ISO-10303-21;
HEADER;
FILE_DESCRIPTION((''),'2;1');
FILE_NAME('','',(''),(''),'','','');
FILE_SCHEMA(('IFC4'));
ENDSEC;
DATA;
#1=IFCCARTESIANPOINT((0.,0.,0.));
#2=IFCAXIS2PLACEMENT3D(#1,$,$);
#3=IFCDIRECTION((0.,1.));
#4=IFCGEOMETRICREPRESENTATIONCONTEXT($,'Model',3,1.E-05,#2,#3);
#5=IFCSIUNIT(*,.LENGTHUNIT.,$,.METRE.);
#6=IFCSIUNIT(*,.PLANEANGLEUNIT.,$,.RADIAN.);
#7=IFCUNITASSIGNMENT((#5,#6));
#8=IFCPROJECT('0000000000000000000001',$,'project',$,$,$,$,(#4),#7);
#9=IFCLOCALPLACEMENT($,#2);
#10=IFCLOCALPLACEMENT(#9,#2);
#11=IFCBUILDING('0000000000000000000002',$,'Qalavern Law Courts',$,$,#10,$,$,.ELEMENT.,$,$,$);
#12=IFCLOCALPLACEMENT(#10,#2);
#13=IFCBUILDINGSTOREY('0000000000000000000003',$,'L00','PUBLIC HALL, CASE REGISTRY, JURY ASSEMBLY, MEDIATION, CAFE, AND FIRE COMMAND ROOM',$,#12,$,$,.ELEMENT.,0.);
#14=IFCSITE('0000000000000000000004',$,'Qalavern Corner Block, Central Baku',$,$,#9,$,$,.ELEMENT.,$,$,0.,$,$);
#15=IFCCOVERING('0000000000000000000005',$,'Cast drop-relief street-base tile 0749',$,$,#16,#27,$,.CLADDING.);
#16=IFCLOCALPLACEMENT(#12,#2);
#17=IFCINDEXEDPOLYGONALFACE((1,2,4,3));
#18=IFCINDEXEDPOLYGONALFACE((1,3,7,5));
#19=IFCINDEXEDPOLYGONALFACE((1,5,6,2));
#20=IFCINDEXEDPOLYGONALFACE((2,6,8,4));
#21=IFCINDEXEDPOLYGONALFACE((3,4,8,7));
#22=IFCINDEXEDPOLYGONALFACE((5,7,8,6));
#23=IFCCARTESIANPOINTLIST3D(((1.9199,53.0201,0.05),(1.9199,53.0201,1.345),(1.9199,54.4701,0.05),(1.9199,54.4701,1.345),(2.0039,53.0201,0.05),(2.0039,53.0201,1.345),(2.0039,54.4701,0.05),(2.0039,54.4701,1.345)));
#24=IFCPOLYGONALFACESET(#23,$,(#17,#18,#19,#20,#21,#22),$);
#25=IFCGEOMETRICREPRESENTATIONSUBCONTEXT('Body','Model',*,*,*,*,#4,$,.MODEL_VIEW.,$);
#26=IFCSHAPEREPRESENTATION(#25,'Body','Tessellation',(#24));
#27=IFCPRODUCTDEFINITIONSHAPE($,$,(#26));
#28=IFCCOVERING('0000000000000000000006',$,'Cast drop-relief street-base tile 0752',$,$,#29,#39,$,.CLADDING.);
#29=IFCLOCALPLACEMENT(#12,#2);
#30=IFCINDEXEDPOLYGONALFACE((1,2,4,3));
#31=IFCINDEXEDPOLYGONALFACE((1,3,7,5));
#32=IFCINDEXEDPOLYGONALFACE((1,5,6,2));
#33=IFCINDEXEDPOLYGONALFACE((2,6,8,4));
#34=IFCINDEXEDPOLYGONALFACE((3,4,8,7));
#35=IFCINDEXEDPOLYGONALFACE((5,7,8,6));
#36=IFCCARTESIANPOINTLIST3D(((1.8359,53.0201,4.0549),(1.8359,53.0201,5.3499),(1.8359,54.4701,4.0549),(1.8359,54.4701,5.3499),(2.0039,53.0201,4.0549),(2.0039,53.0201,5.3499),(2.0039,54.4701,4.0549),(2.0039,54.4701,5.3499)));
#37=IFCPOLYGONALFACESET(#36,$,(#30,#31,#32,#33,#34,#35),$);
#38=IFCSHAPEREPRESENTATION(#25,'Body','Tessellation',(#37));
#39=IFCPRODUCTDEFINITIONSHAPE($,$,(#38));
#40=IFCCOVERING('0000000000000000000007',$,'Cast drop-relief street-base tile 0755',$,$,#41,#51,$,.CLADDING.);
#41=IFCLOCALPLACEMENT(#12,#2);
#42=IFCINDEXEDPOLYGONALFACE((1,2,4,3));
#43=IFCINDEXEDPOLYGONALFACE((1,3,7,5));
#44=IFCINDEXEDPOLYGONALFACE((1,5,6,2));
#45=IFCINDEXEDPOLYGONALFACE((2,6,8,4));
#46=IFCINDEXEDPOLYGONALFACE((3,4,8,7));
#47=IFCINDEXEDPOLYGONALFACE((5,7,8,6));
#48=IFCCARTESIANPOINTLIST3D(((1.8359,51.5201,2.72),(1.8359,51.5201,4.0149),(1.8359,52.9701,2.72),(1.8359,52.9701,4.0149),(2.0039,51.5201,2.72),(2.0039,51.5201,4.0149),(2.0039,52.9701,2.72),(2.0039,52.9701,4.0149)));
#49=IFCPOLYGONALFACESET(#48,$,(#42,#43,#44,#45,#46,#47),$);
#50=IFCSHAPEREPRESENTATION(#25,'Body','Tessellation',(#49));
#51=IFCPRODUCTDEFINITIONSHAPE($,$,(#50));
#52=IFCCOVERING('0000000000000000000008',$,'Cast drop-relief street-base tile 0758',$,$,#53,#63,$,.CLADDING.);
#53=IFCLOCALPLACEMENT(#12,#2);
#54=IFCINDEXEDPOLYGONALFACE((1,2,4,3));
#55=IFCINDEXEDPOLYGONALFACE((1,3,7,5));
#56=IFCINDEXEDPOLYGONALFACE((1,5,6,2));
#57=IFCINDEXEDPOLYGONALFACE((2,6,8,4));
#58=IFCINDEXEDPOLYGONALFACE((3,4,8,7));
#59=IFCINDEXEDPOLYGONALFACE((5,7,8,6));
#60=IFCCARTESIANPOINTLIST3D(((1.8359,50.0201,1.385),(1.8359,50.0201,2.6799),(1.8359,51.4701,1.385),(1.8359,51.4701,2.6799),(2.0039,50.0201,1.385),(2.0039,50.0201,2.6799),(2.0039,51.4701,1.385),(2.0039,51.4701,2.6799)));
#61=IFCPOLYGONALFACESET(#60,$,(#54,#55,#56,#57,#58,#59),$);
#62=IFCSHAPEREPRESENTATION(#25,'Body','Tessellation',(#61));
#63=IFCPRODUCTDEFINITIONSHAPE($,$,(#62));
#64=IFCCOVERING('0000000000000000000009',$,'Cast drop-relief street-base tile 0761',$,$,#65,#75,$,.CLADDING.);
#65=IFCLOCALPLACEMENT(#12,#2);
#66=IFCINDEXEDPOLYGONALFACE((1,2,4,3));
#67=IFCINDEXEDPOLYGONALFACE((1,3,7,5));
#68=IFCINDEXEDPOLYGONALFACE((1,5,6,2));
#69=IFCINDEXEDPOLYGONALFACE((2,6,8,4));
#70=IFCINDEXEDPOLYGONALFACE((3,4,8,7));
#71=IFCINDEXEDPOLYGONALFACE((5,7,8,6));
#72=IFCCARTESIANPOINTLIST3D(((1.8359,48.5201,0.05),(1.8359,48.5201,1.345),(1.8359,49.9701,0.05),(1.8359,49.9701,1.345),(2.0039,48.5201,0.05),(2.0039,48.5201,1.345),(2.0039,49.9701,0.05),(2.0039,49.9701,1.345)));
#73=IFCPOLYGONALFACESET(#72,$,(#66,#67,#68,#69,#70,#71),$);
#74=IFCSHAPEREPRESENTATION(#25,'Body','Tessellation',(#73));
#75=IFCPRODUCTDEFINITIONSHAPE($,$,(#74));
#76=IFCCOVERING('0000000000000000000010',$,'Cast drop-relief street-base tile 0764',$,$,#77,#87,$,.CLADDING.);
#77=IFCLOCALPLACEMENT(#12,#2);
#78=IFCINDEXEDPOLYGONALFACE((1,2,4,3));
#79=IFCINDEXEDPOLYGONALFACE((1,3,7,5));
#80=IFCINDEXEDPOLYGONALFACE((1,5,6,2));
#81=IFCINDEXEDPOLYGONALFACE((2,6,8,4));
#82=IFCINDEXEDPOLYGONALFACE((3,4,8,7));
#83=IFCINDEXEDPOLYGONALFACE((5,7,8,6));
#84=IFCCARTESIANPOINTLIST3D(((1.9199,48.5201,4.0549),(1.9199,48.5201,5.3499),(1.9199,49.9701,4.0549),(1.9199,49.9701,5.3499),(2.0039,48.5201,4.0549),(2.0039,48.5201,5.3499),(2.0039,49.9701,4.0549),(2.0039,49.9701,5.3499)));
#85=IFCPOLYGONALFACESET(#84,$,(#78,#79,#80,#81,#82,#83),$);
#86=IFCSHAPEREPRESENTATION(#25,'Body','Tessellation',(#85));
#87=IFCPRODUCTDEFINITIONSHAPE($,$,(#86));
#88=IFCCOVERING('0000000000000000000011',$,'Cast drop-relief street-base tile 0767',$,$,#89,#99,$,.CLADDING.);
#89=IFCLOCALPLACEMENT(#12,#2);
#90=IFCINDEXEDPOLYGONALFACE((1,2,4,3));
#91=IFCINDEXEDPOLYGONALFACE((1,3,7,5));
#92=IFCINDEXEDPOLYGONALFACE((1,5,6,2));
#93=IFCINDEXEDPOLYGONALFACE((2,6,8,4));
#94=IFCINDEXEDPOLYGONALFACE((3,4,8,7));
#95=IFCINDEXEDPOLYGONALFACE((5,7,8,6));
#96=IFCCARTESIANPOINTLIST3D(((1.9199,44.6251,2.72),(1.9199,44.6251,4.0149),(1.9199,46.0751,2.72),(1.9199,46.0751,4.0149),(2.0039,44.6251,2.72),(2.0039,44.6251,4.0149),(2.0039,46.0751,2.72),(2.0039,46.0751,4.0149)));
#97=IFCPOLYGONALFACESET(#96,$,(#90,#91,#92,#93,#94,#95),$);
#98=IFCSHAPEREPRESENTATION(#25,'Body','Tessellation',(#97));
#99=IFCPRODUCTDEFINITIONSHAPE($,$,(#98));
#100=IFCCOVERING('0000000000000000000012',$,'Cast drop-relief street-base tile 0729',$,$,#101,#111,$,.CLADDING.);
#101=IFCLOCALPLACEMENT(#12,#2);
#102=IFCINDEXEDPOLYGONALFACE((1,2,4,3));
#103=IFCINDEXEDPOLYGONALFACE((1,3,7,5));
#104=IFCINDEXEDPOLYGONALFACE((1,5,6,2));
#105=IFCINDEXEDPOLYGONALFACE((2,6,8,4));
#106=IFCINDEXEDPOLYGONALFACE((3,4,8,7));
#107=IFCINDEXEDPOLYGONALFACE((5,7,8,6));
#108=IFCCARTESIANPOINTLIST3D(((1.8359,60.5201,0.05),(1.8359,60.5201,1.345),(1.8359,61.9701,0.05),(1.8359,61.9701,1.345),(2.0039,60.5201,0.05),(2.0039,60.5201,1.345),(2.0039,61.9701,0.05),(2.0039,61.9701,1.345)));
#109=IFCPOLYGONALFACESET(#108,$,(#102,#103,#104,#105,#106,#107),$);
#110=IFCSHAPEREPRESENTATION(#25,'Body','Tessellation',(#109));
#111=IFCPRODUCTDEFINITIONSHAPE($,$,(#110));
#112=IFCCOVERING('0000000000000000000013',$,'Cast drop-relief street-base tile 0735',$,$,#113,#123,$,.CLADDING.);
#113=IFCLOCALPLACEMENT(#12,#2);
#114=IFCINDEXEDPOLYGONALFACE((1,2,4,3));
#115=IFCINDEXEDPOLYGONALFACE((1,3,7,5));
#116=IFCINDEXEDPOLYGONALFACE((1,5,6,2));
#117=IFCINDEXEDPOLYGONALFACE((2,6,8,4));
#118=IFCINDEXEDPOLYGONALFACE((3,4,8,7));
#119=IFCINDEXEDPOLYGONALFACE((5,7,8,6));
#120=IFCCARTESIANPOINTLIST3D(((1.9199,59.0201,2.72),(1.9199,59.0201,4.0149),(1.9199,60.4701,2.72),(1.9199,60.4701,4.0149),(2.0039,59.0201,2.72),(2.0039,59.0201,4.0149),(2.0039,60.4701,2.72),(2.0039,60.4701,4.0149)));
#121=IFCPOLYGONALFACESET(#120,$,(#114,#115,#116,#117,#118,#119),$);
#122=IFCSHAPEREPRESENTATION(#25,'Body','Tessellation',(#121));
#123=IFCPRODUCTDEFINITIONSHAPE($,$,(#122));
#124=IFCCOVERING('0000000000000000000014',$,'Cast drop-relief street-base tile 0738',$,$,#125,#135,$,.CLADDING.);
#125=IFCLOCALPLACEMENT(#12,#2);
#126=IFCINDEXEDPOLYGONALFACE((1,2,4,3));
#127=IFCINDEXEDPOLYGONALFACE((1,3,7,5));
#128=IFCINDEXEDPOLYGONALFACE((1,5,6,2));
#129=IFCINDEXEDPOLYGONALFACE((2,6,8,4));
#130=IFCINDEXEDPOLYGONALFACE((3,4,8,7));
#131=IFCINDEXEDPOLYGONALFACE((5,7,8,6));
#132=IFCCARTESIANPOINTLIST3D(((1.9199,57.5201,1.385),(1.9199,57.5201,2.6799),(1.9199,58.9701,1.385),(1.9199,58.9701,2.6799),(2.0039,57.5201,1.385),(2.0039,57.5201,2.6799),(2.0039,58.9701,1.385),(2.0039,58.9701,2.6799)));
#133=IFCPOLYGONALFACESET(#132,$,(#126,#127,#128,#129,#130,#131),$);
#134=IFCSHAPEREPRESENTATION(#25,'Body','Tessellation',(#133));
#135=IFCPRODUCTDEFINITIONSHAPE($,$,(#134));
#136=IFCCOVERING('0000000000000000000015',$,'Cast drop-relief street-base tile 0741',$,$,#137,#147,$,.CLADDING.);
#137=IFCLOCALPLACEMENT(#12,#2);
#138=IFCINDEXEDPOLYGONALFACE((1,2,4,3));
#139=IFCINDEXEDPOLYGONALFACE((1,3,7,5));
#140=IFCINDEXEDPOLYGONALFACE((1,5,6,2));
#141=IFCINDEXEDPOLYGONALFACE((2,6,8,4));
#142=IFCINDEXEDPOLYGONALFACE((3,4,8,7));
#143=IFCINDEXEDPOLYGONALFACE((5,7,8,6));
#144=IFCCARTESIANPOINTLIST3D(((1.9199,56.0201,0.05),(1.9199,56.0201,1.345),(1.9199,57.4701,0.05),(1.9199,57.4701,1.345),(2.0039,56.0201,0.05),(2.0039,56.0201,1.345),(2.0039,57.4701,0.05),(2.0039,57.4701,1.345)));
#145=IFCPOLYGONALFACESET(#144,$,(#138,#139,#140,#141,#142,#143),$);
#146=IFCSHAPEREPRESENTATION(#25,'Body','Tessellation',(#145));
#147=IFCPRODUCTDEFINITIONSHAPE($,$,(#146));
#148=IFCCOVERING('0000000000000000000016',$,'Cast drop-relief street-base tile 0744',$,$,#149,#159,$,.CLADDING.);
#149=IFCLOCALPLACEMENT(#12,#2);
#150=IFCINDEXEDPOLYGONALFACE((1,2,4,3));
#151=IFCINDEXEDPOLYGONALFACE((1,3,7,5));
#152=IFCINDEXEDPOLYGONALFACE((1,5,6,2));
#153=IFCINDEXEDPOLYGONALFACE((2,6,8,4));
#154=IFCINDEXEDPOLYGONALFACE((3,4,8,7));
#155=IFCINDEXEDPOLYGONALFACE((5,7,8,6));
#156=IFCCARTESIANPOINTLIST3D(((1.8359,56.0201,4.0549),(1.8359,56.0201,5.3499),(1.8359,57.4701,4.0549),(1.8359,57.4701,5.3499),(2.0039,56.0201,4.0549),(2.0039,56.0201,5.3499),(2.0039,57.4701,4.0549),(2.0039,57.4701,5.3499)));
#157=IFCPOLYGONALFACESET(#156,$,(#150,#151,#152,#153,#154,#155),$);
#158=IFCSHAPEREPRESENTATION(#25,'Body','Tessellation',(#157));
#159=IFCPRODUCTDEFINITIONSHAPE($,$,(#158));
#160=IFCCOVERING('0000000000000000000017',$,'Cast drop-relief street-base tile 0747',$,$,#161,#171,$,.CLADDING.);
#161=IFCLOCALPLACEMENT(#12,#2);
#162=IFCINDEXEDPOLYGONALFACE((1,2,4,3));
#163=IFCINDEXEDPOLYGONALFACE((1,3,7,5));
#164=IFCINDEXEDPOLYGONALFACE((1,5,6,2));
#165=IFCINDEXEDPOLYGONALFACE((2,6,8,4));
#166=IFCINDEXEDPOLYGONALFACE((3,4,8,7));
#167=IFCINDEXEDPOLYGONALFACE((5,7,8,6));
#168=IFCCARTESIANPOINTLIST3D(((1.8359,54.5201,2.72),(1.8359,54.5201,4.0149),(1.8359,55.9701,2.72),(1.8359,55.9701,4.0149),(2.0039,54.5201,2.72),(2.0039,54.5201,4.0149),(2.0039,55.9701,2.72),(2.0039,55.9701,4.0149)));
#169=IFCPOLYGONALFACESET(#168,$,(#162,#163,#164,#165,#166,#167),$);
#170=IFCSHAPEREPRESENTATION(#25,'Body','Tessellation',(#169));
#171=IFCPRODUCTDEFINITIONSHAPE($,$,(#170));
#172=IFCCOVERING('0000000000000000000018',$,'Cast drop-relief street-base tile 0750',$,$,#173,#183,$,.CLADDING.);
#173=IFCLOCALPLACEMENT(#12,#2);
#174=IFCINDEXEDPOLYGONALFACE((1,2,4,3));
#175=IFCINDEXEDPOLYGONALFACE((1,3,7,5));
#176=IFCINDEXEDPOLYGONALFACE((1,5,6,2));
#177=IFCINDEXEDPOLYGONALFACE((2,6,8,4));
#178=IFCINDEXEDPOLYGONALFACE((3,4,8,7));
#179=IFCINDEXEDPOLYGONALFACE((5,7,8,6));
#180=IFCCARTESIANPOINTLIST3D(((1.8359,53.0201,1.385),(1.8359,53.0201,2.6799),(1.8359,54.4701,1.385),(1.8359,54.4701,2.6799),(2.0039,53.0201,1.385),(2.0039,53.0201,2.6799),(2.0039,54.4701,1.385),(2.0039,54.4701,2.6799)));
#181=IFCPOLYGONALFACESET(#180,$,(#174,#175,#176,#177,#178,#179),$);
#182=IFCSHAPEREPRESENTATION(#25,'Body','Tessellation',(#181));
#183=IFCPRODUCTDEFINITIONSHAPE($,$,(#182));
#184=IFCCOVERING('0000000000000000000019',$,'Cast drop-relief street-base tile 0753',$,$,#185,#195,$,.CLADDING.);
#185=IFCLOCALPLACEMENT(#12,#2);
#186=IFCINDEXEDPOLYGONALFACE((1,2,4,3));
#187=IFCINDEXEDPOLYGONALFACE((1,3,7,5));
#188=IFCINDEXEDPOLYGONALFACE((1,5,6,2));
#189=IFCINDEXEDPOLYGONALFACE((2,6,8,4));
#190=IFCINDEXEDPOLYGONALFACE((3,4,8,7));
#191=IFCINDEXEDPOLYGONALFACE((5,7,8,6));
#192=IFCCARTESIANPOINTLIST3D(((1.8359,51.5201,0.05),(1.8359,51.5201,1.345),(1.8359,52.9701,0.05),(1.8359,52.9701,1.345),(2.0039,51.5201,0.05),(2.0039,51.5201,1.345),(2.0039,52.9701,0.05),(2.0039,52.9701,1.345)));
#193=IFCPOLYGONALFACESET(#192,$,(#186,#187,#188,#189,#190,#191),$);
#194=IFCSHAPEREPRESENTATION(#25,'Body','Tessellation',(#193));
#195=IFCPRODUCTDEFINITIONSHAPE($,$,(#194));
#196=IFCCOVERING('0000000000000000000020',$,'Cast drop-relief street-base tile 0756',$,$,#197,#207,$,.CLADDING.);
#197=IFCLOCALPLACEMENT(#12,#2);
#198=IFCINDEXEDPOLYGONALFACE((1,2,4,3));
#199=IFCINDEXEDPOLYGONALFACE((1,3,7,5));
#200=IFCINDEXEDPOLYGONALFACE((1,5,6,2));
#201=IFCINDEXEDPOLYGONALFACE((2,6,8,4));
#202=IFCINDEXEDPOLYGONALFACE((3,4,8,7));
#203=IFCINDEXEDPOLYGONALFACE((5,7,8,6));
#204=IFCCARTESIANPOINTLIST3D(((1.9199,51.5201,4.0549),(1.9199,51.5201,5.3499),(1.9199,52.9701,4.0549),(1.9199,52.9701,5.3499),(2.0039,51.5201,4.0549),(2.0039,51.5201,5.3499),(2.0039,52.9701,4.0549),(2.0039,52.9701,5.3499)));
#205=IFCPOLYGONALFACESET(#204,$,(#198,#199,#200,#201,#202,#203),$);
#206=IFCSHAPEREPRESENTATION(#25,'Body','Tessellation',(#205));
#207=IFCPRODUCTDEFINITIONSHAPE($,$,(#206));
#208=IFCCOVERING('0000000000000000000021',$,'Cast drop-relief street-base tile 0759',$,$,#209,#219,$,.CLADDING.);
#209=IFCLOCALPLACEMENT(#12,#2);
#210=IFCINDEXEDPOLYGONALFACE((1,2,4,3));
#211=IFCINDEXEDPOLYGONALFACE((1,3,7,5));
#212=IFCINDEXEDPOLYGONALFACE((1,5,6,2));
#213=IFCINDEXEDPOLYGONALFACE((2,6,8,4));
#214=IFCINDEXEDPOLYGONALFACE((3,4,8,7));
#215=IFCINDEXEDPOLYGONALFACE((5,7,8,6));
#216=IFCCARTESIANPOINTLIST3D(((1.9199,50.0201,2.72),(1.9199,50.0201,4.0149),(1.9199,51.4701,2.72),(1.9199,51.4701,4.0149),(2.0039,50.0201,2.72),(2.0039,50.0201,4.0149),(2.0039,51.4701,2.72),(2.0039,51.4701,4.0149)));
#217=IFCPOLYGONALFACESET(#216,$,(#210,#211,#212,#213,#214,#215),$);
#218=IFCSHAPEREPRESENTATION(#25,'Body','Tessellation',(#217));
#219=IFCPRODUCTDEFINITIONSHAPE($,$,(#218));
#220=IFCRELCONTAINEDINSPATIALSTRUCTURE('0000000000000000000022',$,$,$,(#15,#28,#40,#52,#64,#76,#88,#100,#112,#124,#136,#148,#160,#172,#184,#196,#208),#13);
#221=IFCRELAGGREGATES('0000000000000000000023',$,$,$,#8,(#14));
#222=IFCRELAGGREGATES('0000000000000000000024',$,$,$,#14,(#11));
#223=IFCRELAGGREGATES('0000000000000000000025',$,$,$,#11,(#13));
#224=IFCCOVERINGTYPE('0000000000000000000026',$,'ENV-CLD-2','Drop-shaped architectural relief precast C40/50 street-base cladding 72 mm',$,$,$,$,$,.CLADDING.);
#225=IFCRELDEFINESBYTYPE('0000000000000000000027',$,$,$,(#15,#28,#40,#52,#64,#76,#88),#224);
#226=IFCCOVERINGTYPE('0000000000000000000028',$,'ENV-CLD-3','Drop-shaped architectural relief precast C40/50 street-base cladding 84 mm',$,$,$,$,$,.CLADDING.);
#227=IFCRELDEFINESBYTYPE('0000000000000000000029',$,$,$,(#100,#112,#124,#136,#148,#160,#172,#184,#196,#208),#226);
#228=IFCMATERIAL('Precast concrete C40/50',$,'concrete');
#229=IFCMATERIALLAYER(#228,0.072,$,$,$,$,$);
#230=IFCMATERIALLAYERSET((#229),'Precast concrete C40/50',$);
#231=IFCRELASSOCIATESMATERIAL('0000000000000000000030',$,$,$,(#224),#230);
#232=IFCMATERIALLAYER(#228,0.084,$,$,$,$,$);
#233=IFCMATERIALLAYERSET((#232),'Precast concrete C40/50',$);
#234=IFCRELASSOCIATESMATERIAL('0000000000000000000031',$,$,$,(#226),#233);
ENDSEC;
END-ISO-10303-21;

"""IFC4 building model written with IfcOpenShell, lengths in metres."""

from ifc_helpers import new_model, si_unit, direction, frame, origin, origin_2d, place, context, subcontext, project, spatial, rectangle, extrude, material, layer, layer_set, type_object, element, save


model = new_model("IFC4")

# Units and contexts
model_context = context("Model", 3, precision=1e-05, world=origin(), true_north=direction((0.0, 1.0)))
body_context = subcontext(model_context, "Body", "Model", "MODEL_VIEW")
ifc_project = project(units=[si_unit("LENGTHUNIT", "METRE"), si_unit("PLANEANGLEUNIT", "RADIAN")], contexts=[model_context])

# Site, building, storey
site_placement = place(None, origin())
site = spatial("IfcSite", under=ifc_project, at=site_placement, Name="Qalavern Corner Block, Central Baku", CompositionType="ELEMENT", RefElevation=0.0)
building_placement = place(site_placement, origin())
building = spatial("IfcBuilding", under=site, at=building_placement, Name="Qalavern Law Courts", CompositionType="ELEMENT")
storey_placement = place(building_placement, origin())
storey = spatial("IfcBuildingStorey", under=building, at=storey_placement, Name="L00", Description="PUBLIC HALL, CASE REGISTRY, JURY ASSEMBLY, MEDIATION, CAFE, AND FIRE COMMAND ROOM", CompositionType="ELEMENT", Elevation=0.0)

# Coverings
ifc_material = material(Name="Precast concrete C40/50", Category="concrete")
ifc_layer_1 = layer(ifc_material, 0.072)
ifc_layer_set_1 = layer_set([ifc_layer_1], Name="Precast concrete C40/50")
covering_type_1 = type_object("IfcCoveringType", Name="ENV-CLD-2", Description="Drop-shaped architectural relief precast C40/50 street-base cladding 72 mm", PredefinedType="CLADDING", material=ifc_layer_set_1)
for number, where, z_axis, x_axis, name in (
    (1, (1.9619, 53.7451, 0.05), (0.0, 0.0, 1.0), (0.0, -1.0, 0.0), "Cast drop-relief street-base tile 0749"),
):
    element("IfcCovering", number, at=place(storey_placement, frame(where, z_axis=z_axis, x_axis=x_axis)), inside=storey, type_object=covering_type_1, Name=name, PredefinedType="CLADDING", context=body_context, shape_type="SweptSolid", body=[
        extrude(rectangle(XDim=1.45, YDim=0.084, at=origin_2d()), origin(), (0.0, 0.0, 1.0), 1.2949),
    ])
for number, where, z_axis, x_axis, name in (
    (2, (1.9199, 53.7451, 4.0549), (0.0, 0.0, 1.0), (0.0, -1.0, 0.0), "Cast drop-relief street-base tile 0752"),
    (3, (1.9199, 52.2451, 2.72), (0.0, 0.0, 1.0), (0.0, -1.0, 0.0), "Cast drop-relief street-base tile 0755"),
    (4, (1.9199, 50.7451, 1.385), (0.0, 0.0, 1.0), (0.0, -1.0, 0.0), "Cast drop-relief street-base tile 0758"),
    (5, (1.9199, 49.2451, 0.05), (0.0, 0.0, 1.0), (0.0, -1.0, 0.0), "Cast drop-relief street-base tile 0761"),
):
    element("IfcCovering", number, at=place(storey_placement, frame(where, z_axis=z_axis, x_axis=x_axis)), inside=storey, type_object=covering_type_1, Name=name, PredefinedType="CLADDING", context=body_context, shape_type="SweptSolid", body=[
        extrude(rectangle(XDim=1.45, YDim=0.168, at=origin_2d()), origin(), (0.0, 0.0, 1.0), 1.2949),
    ])
for number, where, z_axis, x_axis, name in (
    (6, (1.9619, 49.2451, 4.0549), (0.0, 0.0, 1.0), (0.0, -1.0, 0.0), "Cast drop-relief street-base tile 0764"),
    (7, (1.9619, 45.3501, 2.72), (0.0, 0.0, 1.0), (0.0, -1.0, 0.0), "Cast drop-relief street-base tile 0767"),
):
    element("IfcCovering", number, at=place(storey_placement, frame(where, z_axis=z_axis, x_axis=x_axis)), inside=storey, type_object=covering_type_1, Name=name, PredefinedType="CLADDING", context=body_context, shape_type="SweptSolid", body=[
        extrude(rectangle(XDim=1.45, YDim=0.084, at=origin_2d()), origin(), (0.0, 0.0, 1.0), 1.2949),
    ])
ifc_layer_2 = layer(ifc_material, 0.084)
ifc_layer_set_2 = layer_set([ifc_layer_2], Name="Precast concrete C40/50")
covering_type_2 = type_object("IfcCoveringType", Name="ENV-CLD-3", Description="Drop-shaped architectural relief precast C40/50 street-base cladding 84 mm", PredefinedType="CLADDING", material=ifc_layer_set_2)
covering_1_placement = place(storey_placement, frame((1.9199, 61.2451, 0.05), z_axis=(0.0, 0.0, 1.0), x_axis=(0.0, -1.0, 0.0)))
element("IfcCovering", 8, at=covering_1_placement, inside=storey, type_object=covering_type_2, Name="Cast drop-relief street-base tile 0729", PredefinedType="CLADDING", context=body_context, shape_type="SweptSolid", body=[
    extrude(rectangle(XDim=1.45, YDim=0.168, at=origin_2d()), origin(), (0.0, 0.0, 1.0), 1.2949),
])
for number, where, z_axis, x_axis, name in (
    (9, (1.9619, 59.7451, 2.72), (0.0, 0.0, 1.0), (0.0, -1.0, 0.0), "Cast drop-relief street-base tile 0735"),
    (10, (1.9619, 58.2451, 1.385), (0.0, 0.0, 1.0), (0.0, -1.0, 0.0), "Cast drop-relief street-base tile 0738"),
    (11, (1.9619, 56.7451, 0.05), (0.0, 0.0, 1.0), (0.0, -1.0, 0.0), "Cast drop-relief street-base tile 0741"),
):
    element("IfcCovering", number, at=place(storey_placement, frame(where, z_axis=z_axis, x_axis=x_axis)), inside=storey, type_object=covering_type_2, Name=name, PredefinedType="CLADDING", context=body_context, shape_type="SweptSolid", body=[
        extrude(rectangle(XDim=1.45, YDim=0.084, at=origin_2d()), origin(), (0.0, 0.0, 1.0), 1.2949),
    ])
for number, where, z_axis, x_axis, name in (
    (12, (1.9199, 56.7451, 4.0549), (0.0, 0.0, 1.0), (0.0, -1.0, 0.0), "Cast drop-relief street-base tile 0744"),
    (13, (1.9199, 55.2451, 2.72), (0.0, 0.0, 1.0), (0.0, -1.0, 0.0), "Cast drop-relief street-base tile 0747"),
    (14, (1.9199, 53.7451, 1.385), (0.0, 0.0, 1.0), (0.0, -1.0, 0.0), "Cast drop-relief street-base tile 0750"),
    (15, (1.9199, 52.2451, 0.05), (0.0, 0.0, 1.0), (0.0, -1.0, 0.0), "Cast drop-relief street-base tile 0753"),
):
    element("IfcCovering", number, at=place(storey_placement, frame(where, z_axis=z_axis, x_axis=x_axis)), inside=storey, type_object=covering_type_2, Name=name, PredefinedType="CLADDING", context=body_context, shape_type="SweptSolid", body=[
        extrude(rectangle(XDim=1.45, YDim=0.168, at=origin_2d()), origin(), (0.0, 0.0, 1.0), 1.2949),
    ])
for number, where, z_axis, x_axis, name in (
    (16, (1.9619, 52.2451, 4.0549), (0.0, 0.0, 1.0), (0.0, -1.0, 0.0), "Cast drop-relief street-base tile 0756"),
    (17, (1.9619, 50.7451, 2.72), (0.0, 0.0, 1.0), (0.0, -1.0, 0.0), "Cast drop-relief street-base tile 0759"),
):
    element("IfcCovering", number, at=place(storey_placement, frame(where, z_axis=z_axis, x_axis=x_axis)), inside=storey, type_object=covering_type_2, Name=name, PredefinedType="CLADDING", context=body_context, shape_type="SweptSolid", body=[
        extrude(rectangle(XDim=1.45, YDim=0.084, at=origin_2d()), origin(), (0.0, 0.0, 1.0), 1.2949),
    ])

save(model, "model.ifc")
